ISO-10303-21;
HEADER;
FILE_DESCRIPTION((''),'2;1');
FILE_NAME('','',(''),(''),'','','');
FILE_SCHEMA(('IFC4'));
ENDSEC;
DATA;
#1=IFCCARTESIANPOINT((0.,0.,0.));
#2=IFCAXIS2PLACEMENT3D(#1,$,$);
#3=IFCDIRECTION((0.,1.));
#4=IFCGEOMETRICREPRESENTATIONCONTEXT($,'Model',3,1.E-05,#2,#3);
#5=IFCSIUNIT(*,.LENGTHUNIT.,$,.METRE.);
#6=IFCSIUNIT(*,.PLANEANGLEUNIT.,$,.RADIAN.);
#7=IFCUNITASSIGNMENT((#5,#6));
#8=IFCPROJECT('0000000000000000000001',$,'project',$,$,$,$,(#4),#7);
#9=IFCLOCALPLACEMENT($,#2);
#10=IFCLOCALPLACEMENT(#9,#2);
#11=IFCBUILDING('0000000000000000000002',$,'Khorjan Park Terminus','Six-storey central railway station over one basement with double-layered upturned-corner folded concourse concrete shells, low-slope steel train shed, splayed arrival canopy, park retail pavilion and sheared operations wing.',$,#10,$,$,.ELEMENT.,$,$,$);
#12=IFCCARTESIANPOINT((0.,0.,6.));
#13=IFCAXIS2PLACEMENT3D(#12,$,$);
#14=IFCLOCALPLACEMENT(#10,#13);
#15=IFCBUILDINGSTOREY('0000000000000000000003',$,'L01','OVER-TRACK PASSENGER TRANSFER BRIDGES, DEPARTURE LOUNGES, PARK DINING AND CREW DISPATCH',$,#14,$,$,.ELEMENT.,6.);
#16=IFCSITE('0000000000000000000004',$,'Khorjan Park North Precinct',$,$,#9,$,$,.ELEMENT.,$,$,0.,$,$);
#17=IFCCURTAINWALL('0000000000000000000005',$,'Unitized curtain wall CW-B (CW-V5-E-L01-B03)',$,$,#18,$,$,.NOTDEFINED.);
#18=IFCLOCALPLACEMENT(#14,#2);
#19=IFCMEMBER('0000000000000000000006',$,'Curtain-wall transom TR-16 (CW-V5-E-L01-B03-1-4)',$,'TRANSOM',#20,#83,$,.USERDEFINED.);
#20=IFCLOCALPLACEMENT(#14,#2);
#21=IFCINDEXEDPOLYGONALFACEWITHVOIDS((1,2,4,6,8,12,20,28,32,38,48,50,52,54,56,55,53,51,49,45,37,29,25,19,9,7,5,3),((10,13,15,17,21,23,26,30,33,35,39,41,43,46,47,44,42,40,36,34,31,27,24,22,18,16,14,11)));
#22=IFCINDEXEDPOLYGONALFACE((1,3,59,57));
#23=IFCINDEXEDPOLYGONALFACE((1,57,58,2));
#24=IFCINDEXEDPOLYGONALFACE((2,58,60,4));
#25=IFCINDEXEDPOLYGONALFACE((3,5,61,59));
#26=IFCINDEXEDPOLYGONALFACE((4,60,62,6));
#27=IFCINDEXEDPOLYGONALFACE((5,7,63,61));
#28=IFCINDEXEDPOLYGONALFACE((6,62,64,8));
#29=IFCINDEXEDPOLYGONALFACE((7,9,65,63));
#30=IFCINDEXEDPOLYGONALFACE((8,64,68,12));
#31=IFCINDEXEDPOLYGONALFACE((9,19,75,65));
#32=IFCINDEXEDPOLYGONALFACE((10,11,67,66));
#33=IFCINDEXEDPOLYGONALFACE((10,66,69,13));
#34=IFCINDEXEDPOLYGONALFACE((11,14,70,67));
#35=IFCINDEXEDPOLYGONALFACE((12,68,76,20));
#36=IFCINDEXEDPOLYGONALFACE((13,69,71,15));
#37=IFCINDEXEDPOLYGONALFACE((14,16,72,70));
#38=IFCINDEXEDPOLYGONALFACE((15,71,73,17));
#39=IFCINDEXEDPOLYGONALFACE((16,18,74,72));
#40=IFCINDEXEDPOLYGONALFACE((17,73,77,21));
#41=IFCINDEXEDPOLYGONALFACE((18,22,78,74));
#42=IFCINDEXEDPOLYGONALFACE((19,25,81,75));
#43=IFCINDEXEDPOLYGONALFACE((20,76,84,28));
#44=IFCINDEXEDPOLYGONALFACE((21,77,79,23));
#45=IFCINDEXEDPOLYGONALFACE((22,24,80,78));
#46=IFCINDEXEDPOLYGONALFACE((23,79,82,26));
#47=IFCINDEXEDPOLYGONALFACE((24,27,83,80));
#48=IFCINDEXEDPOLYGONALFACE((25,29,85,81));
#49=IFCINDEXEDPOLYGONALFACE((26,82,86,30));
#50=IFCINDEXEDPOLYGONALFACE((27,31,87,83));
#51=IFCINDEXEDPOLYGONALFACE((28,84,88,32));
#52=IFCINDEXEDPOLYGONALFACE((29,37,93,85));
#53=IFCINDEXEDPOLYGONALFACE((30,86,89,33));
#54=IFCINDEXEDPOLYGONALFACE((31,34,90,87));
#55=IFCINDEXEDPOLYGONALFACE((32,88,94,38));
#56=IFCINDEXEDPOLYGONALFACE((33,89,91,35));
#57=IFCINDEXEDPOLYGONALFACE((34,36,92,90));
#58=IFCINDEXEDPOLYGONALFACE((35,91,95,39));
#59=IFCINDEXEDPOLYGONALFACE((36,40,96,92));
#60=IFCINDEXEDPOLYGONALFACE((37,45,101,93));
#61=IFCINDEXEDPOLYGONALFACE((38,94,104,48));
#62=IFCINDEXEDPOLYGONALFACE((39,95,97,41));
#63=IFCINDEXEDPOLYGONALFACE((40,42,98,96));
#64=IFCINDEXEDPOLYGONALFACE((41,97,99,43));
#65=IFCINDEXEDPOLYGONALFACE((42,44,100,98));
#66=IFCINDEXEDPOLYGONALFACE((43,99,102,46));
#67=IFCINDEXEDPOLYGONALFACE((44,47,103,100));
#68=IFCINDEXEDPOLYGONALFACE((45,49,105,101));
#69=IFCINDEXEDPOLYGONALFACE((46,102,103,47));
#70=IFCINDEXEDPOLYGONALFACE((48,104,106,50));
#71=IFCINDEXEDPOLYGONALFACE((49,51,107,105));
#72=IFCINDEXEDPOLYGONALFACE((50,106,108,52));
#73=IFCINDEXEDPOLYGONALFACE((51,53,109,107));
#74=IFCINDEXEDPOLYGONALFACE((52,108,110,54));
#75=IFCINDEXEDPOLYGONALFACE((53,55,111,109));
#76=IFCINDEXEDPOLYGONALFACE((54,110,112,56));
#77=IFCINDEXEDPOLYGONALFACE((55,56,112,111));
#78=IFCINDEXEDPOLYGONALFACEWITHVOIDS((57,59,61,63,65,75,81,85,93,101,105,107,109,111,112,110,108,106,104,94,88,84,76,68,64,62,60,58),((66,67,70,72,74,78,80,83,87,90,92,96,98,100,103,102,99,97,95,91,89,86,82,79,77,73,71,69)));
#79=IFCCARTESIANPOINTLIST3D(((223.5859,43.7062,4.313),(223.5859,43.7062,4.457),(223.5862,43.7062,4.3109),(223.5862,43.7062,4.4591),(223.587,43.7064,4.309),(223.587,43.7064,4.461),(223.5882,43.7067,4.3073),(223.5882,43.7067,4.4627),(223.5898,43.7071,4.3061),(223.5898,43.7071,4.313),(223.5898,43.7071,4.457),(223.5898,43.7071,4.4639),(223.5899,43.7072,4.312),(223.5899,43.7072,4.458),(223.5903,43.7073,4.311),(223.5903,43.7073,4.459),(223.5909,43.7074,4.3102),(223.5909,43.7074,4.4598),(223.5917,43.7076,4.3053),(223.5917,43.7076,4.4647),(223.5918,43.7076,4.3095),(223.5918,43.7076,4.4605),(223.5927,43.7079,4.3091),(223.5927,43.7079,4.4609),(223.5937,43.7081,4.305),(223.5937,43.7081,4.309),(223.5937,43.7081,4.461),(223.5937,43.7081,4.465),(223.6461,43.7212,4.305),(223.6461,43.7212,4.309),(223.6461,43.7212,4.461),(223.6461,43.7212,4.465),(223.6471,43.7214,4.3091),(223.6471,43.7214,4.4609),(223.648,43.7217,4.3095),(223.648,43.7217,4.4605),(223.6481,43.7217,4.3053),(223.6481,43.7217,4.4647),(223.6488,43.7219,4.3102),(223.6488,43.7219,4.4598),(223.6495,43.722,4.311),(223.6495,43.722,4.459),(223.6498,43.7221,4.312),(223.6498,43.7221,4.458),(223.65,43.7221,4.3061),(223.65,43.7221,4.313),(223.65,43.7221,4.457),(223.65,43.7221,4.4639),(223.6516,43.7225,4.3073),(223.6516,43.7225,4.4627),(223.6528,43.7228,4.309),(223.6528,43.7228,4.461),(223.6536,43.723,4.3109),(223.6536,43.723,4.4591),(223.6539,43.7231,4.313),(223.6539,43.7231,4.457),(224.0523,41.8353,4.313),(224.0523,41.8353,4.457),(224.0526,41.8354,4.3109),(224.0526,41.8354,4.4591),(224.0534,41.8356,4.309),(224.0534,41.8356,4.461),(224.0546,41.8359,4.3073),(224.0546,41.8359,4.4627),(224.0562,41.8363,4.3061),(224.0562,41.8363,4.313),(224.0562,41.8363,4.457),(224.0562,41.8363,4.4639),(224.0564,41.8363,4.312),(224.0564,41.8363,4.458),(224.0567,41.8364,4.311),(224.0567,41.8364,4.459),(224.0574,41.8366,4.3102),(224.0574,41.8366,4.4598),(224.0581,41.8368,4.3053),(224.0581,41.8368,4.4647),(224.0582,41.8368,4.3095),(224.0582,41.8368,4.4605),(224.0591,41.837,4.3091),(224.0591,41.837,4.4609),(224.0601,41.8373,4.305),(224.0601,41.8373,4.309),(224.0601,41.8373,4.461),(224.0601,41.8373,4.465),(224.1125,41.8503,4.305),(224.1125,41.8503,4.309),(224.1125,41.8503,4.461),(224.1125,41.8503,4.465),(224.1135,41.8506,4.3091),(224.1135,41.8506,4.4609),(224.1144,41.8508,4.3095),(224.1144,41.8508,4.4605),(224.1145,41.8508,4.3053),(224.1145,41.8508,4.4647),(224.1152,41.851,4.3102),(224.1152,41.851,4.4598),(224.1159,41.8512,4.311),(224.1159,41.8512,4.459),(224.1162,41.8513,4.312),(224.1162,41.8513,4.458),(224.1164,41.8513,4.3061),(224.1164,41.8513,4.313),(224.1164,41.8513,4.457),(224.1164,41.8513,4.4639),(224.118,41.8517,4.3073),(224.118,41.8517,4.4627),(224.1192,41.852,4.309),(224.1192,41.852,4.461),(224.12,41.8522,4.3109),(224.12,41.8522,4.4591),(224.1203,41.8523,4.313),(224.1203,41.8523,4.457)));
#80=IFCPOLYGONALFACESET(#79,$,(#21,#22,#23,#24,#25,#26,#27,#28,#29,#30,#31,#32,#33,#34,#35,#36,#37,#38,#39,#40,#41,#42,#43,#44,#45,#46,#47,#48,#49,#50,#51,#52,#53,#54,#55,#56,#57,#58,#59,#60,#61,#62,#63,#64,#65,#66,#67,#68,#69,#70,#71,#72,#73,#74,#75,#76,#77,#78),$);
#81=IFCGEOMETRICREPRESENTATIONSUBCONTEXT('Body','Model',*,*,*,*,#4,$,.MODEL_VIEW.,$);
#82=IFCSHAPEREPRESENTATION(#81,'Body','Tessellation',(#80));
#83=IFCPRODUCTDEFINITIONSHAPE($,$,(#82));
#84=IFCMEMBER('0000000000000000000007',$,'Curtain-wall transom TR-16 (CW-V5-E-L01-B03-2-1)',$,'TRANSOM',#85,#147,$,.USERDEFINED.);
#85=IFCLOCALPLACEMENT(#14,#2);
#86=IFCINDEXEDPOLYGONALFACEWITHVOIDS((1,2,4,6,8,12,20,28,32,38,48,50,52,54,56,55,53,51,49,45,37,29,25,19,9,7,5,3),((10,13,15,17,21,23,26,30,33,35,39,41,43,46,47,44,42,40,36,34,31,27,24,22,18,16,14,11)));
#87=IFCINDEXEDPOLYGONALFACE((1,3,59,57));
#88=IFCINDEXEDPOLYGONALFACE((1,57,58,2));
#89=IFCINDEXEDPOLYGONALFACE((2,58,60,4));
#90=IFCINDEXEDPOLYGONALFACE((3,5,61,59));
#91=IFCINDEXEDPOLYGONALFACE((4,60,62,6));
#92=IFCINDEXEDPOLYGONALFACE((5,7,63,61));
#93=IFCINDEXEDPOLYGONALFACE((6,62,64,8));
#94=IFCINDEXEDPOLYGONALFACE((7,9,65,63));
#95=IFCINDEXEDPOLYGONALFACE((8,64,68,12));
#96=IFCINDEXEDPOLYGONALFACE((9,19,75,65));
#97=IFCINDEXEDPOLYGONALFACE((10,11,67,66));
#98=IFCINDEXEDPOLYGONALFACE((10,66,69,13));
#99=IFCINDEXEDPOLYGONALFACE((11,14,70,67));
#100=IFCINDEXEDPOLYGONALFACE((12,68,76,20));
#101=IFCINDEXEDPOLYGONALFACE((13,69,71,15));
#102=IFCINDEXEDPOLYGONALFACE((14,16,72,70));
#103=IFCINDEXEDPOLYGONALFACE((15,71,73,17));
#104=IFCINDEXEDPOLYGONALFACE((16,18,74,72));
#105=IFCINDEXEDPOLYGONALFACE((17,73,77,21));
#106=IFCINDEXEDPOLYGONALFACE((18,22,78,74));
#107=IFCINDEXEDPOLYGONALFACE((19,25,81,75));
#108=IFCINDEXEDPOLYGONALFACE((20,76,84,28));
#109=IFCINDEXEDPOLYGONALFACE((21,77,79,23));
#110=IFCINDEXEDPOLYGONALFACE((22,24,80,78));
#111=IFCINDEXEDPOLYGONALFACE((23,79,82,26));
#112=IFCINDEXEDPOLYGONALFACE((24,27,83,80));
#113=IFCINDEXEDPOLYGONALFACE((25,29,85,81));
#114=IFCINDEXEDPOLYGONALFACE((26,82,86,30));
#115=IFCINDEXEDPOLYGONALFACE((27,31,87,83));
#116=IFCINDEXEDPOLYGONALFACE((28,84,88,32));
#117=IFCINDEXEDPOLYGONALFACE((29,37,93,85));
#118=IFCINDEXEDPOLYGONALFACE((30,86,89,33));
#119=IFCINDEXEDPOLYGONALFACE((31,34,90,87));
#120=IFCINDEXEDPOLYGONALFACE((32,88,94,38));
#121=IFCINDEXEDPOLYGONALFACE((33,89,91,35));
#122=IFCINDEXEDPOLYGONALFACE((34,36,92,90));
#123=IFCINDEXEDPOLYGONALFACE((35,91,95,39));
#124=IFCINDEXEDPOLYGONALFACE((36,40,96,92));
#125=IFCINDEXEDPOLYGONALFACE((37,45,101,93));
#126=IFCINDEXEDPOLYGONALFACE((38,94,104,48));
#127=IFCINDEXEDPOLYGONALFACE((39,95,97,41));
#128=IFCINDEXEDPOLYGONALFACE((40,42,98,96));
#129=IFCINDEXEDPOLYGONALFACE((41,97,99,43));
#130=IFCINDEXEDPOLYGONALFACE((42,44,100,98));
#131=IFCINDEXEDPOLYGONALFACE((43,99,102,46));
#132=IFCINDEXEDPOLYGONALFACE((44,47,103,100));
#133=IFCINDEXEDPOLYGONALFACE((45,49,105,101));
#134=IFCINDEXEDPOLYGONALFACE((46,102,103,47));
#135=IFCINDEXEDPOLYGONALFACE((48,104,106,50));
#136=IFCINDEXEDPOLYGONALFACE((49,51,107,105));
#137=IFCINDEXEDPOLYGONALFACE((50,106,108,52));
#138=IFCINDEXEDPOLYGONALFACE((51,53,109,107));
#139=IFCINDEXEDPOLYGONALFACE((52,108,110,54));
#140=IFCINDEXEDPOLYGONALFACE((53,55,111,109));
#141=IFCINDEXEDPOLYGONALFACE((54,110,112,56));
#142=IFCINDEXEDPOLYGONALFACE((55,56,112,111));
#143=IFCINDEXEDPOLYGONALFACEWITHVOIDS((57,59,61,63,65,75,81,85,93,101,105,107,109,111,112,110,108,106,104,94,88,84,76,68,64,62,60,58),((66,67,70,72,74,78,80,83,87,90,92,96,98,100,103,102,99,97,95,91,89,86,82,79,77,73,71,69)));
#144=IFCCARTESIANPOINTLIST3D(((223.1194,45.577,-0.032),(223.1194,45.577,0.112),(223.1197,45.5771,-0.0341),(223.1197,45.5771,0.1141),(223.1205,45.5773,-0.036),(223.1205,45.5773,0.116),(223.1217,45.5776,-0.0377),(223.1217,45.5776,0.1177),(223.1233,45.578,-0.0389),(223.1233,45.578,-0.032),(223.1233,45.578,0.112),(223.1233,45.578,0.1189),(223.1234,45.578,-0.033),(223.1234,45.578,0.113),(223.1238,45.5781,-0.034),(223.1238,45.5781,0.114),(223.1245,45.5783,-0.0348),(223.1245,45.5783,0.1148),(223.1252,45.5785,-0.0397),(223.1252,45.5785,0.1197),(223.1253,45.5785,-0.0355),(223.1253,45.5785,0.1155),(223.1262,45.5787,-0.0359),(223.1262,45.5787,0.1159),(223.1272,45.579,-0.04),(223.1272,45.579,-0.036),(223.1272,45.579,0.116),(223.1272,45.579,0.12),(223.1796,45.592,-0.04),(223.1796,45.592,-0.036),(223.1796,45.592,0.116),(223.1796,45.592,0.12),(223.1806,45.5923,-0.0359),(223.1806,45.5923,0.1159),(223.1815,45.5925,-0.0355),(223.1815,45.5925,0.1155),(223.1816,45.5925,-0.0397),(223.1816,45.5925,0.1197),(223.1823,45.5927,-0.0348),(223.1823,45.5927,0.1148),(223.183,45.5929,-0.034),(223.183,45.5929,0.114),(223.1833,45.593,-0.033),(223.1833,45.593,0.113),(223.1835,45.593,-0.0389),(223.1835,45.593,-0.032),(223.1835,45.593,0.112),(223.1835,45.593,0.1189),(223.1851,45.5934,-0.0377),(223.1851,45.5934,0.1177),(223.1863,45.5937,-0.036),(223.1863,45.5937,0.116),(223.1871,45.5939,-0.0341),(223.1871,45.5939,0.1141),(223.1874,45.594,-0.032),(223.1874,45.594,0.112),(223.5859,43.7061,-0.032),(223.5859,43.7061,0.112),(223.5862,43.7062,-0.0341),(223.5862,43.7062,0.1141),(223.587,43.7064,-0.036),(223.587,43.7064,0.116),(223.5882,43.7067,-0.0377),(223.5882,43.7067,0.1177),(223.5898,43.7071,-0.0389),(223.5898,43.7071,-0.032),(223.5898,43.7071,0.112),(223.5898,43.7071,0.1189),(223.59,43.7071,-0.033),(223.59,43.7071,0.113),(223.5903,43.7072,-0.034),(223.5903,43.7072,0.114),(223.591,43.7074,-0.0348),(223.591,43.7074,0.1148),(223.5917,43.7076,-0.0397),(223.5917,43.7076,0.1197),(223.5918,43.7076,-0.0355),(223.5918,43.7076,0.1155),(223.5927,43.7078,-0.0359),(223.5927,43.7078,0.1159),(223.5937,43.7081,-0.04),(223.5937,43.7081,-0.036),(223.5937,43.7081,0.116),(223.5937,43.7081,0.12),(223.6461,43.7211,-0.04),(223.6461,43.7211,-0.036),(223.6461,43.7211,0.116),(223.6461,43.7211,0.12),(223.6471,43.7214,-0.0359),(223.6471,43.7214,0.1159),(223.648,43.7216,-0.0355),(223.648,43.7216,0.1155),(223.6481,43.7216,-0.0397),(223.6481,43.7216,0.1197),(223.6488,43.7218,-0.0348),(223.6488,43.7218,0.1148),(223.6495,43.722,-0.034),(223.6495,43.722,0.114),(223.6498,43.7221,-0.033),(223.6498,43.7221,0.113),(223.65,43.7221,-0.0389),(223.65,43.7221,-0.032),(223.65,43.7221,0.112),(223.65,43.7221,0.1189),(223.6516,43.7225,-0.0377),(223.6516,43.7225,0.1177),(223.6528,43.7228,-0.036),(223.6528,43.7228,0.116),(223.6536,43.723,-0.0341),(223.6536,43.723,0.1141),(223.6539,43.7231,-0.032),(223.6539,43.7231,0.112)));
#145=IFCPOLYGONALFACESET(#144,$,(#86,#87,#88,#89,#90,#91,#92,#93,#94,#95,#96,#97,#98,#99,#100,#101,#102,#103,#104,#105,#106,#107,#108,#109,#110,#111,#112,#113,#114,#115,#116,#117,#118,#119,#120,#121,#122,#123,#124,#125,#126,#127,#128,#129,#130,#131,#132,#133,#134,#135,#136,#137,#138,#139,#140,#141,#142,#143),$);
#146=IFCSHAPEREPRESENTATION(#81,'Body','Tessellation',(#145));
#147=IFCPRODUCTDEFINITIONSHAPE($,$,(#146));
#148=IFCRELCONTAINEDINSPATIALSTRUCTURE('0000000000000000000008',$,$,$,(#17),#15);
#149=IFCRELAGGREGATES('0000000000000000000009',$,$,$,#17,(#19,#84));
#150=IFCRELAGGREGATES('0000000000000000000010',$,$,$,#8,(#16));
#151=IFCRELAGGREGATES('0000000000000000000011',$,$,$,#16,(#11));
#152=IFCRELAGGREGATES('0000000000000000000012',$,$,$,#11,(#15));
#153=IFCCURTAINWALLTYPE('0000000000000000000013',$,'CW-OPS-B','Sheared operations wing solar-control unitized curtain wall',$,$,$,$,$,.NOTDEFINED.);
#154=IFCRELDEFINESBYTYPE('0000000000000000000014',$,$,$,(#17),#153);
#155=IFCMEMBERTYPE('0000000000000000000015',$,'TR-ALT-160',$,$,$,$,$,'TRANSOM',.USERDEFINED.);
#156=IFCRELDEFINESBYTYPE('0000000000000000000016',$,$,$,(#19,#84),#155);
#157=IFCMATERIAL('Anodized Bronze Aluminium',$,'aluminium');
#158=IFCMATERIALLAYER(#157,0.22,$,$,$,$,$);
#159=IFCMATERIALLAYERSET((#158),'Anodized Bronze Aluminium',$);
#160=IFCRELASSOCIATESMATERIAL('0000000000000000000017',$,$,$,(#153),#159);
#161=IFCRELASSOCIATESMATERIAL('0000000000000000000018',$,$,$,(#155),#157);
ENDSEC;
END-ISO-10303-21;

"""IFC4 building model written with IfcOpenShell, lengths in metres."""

from ifc_helpers import new_model, si_unit, direction, frame, origin, origin_2d, place, context, subcontext, project, spatial, hollow_rectangle, extrude, material, layer, layer_set, material_profile, profile_set, type_object, element, aggregate, save


model = new_model("IFC4")

# Units and contexts
model_context = context("Model", 3, precision=1e-05, world=origin(), true_north=direction((0.0, 1.0)))
body_context = subcontext(model_context, "Body", "Model", "MODEL_VIEW")
ifc_project = project(units=[si_unit("LENGTHUNIT", "METRE"), si_unit("PLANEANGLEUNIT", "RADIAN")], contexts=[model_context])

# Site, building, storey
site_placement = place(None, origin())
site = spatial("IfcSite", under=ifc_project, at=site_placement, Name="Khorjan Park North Precinct", CompositionType="ELEMENT", RefElevation=0.0)
building_placement = place(site_placement, origin())
building = spatial("IfcBuilding", under=site, at=building_placement, Name="Khorjan Park Terminus", Description="Six-storey central railway station over one basement with double-layered upturned-corner folded concourse concrete shells, low-slope steel train shed, splayed arrival canopy, park retail pavilion and sheared operations wing.", CompositionType="ELEMENT")
storey_placement = place(building_placement, frame((0.0, 0.0, 6.0)))
storey = spatial("IfcBuildingStorey", under=building, at=storey_placement, Name="L01", Description="OVER-TRACK PASSENGER TRANSFER BRIDGES, DEPARTURE LOUNGES, PARK DINING AND CREW DISPATCH", CompositionType="ELEMENT", Elevation=6.0)

# Curtain wall, members
ifc_material_1 = material(Name="Anodized Bronze Aluminium", Category="aluminium")
ifc_layer_1 = layer(ifc_material_1, 0.22)
ifc_layer_set_1 = layer_set([ifc_layer_1], Name="Anodized Bronze Aluminium")
curtain_wall_type = type_object("IfcCurtainWallType", Name="CW-OPS-B", Description="Sheared operations wing solar-control unitized curtain wall", PredefinedType="NOTDEFINED", material=ifc_layer_set_1)
curtain_wall_placement = place(storey_placement, origin())
curtain_wall = element("IfcCurtainWall", 1, at=curtain_wall_placement, inside=storey, type_object=curtain_wall_type, Name="Unitized curtain wall CW-B (CW-V5-E-L01-B03)", PredefinedType="NOTDEFINED")
ifc_material_profile_1 = material_profile(ifc_material_1, hollow_rectangle(XDim=0.07, YDim=0.16, WallThickness=0.004, InnerFilletRadius=0.004, OuterFilletRadius=0.008, at=origin_2d()), Name="ALT 70x160x4")
ifc_profile_set_1 = profile_set([ifc_material_profile_1], Name="Anodized Bronze Aluminium")
member_type_1 = type_object("IfcMemberType", Name="TR-ALT-160", ElementType="TRANSOM", PredefinedType="USERDEFINED", material=ifc_profile_set_1)
member_1_placement = place(storey_placement, frame((224.0863, 41.8438, 4.385), z_axis=(-0.241901, 0.970301, 0.0), x_axis=(-0.970301, -0.241901, 0.0)))
member_1 = element("IfcMember", 2, at=member_1_placement, type_object=member_type_1, Name="Curtain-wall transom TR-16 (CW-V5-E-L01-B03-1-4)", ObjectType="TRANSOM", PredefinedType="USERDEFINED", context=body_context, shape_type="SweptSolid", body=[
    extrude(hollow_rectangle(XDim=0.07, YDim=0.16, WallThickness=0.004, InnerFilletRadius=0.004, OuterFilletRadius=0.008, at=origin_2d()), origin(), (0.0, 0.0, 1.0), 1.9281),
])
member_2_placement = place(storey_placement, frame((223.6199, 43.7146, 0.04), z_axis=(-0.241938, 0.970292, 0.0), x_axis=(-0.970292, -0.241938, 0.0)))
member_2 = element("IfcMember", 3, at=member_2_placement, type_object=member_type_1, Name="Curtain-wall transom TR-16 (CW-V5-E-L01-B03-2-1)", ObjectType="TRANSOM", PredefinedType="USERDEFINED", context=body_context, shape_type="SweptSolid", body=[
    extrude(hollow_rectangle(XDim=0.07, YDim=0.16, WallThickness=0.004, InnerFilletRadius=0.004, OuterFilletRadius=0.008, at=origin_2d()), origin(), (0.0, 0.0, 1.0), 1.9282),
])
aggregate(curtain_wall, [member_1, member_2])

save(model, "model.ifc")
